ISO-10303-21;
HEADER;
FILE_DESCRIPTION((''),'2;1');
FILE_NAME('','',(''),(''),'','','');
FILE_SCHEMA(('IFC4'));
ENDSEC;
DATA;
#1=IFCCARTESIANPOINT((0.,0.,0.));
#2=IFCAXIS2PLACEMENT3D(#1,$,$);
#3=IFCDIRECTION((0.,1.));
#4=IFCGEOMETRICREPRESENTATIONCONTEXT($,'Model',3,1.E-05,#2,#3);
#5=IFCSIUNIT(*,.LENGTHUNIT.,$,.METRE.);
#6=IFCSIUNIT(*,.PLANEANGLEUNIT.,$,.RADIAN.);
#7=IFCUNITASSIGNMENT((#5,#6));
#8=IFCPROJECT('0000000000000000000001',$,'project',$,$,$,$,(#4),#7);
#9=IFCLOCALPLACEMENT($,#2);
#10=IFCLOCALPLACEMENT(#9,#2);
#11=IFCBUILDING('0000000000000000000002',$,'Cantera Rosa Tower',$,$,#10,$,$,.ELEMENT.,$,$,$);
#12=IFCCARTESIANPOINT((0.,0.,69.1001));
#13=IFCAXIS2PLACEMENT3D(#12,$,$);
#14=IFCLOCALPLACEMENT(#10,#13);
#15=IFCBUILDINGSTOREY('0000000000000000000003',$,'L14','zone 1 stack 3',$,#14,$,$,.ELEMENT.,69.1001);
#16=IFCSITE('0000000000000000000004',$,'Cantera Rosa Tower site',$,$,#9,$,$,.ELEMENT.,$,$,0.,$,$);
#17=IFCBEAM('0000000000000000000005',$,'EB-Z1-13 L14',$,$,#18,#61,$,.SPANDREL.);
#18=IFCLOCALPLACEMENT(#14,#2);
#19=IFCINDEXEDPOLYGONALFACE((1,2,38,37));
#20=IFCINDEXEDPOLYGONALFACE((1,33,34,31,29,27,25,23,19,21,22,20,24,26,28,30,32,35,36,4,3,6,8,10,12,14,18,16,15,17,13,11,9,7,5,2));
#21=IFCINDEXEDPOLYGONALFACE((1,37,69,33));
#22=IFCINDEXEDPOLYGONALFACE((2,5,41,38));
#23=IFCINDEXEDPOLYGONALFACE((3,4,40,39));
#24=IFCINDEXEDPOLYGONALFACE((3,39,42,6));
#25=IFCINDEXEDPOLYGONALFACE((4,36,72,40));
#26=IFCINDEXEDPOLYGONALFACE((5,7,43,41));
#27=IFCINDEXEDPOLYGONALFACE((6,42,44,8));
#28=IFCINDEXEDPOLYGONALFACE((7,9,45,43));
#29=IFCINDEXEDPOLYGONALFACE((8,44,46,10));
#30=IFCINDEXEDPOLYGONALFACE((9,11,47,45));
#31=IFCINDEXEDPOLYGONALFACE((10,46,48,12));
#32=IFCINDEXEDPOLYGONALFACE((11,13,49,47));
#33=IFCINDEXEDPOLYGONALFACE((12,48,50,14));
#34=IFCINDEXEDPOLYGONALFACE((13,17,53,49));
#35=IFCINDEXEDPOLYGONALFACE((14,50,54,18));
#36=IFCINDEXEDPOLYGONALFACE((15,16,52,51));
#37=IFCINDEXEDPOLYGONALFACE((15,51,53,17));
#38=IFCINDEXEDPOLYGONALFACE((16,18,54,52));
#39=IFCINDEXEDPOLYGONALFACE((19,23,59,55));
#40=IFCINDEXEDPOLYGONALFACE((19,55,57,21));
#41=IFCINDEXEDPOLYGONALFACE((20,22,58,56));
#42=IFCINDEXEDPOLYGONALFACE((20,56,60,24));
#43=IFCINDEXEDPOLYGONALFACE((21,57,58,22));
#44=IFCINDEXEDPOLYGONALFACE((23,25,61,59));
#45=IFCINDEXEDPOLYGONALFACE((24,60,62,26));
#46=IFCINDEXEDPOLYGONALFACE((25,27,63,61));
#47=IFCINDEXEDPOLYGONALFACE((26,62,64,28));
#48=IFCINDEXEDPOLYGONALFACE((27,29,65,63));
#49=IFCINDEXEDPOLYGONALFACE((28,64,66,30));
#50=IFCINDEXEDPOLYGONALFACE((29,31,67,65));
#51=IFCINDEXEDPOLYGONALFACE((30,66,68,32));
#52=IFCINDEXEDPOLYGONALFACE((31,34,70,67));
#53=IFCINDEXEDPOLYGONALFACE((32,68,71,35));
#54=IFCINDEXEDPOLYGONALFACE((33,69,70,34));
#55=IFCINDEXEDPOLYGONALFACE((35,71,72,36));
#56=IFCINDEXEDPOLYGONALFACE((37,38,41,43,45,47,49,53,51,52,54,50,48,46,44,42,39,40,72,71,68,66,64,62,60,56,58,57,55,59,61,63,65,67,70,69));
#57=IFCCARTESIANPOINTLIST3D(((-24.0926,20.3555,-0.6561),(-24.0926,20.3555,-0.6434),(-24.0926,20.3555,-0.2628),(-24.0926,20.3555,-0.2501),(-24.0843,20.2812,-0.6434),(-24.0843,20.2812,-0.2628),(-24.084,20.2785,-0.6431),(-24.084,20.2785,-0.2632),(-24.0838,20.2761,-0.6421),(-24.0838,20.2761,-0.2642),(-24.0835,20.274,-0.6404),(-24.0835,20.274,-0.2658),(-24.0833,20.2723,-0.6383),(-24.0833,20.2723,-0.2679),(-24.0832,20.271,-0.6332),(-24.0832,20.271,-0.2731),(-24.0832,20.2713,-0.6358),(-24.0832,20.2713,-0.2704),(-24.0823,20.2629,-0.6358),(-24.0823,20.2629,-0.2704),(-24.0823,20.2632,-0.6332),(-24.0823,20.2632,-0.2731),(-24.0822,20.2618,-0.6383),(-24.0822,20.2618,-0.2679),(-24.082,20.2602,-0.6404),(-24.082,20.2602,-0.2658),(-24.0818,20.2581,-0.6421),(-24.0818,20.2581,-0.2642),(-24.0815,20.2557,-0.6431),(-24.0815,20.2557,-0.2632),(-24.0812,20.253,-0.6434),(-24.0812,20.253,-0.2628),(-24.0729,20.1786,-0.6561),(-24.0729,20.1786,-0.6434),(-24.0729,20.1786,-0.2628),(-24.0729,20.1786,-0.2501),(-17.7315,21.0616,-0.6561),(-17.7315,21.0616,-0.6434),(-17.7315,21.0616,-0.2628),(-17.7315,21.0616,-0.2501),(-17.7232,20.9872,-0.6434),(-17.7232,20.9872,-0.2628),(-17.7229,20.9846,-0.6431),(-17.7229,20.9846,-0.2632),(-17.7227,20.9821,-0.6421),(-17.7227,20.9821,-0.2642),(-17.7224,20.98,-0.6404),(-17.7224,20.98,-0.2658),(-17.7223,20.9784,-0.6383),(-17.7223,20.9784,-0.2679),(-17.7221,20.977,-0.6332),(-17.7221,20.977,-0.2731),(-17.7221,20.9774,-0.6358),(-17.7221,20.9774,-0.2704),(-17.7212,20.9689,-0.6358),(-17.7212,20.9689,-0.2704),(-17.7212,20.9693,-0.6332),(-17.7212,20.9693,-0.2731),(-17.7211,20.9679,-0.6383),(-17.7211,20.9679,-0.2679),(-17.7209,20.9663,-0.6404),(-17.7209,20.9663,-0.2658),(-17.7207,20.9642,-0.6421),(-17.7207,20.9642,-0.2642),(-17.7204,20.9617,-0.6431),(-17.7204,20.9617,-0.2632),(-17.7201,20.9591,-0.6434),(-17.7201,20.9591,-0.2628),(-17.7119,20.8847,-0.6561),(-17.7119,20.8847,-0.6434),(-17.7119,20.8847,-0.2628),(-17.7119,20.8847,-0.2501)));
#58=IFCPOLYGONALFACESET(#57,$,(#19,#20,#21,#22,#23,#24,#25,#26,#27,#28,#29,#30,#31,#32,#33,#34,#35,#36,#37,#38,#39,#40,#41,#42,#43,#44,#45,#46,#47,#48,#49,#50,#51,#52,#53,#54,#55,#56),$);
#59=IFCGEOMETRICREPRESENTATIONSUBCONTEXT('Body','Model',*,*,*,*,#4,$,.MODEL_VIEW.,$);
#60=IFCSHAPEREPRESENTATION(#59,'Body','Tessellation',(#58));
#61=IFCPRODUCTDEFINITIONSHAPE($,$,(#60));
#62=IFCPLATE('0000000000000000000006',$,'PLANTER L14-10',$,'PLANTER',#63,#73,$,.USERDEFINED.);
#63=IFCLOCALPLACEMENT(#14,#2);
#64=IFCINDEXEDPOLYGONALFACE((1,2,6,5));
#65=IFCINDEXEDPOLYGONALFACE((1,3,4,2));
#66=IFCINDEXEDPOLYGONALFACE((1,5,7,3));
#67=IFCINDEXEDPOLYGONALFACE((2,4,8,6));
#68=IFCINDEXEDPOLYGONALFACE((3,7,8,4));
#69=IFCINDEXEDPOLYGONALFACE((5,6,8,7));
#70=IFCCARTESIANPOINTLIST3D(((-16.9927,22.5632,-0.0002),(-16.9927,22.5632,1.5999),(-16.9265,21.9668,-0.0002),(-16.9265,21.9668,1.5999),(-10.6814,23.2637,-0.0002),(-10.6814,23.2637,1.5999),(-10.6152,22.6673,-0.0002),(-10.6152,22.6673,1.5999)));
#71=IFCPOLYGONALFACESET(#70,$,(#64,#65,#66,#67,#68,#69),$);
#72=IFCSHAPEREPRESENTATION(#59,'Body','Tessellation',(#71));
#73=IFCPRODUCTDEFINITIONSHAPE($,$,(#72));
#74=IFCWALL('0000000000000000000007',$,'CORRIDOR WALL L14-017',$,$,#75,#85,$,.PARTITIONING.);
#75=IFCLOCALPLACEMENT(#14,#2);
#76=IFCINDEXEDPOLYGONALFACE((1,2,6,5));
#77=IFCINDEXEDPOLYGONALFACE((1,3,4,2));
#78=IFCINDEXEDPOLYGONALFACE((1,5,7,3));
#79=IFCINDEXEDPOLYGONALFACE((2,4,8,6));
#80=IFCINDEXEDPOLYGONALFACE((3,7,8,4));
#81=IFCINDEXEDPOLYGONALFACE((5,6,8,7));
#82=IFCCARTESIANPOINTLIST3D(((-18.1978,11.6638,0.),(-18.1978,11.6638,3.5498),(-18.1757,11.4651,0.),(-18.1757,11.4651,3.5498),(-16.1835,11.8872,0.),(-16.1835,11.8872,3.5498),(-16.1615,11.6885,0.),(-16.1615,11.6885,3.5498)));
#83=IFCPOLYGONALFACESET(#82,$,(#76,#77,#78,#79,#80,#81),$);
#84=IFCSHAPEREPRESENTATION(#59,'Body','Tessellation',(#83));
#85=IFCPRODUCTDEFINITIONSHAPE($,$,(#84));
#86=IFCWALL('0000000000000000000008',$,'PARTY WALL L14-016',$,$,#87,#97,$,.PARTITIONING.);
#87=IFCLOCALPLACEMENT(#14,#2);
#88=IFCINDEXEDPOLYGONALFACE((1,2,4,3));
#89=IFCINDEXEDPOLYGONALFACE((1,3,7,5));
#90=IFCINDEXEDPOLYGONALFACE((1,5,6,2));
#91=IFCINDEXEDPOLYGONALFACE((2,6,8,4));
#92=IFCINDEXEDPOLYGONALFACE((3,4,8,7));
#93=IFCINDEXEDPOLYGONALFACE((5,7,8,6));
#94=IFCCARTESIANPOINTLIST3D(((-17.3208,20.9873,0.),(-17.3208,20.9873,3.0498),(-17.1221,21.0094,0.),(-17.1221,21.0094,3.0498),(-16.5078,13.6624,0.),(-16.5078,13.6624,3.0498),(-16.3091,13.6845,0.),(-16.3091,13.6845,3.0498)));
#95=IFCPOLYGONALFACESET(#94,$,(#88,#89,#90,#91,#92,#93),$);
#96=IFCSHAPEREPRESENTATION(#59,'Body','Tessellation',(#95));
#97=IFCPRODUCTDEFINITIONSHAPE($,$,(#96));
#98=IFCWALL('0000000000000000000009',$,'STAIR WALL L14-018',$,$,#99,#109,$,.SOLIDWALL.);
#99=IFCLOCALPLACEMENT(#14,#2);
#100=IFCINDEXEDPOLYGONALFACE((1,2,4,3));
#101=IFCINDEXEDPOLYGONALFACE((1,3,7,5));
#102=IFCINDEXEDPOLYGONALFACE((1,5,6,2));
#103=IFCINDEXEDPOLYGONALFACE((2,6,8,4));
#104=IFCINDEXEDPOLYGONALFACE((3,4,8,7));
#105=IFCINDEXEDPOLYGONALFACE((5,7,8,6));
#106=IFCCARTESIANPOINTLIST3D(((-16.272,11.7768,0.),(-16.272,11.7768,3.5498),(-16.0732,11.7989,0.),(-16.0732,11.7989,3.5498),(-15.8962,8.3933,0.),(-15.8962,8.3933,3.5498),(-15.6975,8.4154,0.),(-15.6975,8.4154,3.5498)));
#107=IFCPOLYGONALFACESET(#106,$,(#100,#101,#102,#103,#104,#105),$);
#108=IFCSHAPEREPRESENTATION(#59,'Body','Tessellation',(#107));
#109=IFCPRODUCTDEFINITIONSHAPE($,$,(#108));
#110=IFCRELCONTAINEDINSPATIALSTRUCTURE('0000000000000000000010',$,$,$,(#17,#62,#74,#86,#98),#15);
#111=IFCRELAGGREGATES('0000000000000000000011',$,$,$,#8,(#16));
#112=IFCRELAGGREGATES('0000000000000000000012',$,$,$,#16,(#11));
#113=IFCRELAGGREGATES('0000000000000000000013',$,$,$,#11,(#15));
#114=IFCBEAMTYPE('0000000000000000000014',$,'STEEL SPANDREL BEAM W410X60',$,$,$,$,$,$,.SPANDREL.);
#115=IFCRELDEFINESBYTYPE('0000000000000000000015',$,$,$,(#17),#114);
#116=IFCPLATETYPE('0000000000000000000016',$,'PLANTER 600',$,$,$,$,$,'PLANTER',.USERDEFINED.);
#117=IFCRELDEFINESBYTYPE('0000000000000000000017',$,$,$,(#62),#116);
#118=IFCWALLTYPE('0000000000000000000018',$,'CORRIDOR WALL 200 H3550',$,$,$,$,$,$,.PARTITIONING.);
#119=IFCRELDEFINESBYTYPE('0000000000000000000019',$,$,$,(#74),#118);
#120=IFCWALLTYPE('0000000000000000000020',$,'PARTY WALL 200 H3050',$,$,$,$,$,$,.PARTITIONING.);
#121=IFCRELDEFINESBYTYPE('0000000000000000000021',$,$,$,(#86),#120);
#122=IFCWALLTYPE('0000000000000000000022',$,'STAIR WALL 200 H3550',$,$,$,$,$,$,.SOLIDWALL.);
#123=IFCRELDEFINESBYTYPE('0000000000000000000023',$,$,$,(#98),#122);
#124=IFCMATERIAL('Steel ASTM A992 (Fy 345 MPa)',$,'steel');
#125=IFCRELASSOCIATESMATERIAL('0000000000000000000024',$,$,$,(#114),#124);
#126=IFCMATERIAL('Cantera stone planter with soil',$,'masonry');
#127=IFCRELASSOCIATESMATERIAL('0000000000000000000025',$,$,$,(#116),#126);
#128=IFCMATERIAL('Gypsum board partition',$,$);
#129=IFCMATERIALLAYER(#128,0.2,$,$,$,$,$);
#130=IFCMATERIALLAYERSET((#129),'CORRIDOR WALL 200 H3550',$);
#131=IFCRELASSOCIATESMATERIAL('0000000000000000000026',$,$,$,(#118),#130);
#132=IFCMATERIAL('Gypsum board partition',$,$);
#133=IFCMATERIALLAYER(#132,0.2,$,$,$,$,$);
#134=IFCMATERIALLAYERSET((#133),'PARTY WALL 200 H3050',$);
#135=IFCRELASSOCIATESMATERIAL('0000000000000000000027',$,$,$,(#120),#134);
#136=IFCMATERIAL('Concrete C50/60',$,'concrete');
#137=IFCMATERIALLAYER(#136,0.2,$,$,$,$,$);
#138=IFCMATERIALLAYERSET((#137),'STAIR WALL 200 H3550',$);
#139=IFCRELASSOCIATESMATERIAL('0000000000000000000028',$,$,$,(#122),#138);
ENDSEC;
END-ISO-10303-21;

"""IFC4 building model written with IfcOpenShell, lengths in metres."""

from ifc_helpers import new_model, si_unit, direction, frame, frame_2d, origin, origin_2d, place, context, subcontext, project, spatial, rectangle, i_section, extrude, material, layer, layer_set, material_profile, profile_set, type_object, element, save


model = new_model("IFC4")

# Units and contexts
model_context = context("Model", 3, precision=1e-05, world=origin(), true_north=direction((0.0, 1.0)))
body_context = subcontext(model_context, "Body", "Model", "MODEL_VIEW")
ifc_project = project(units=[si_unit("LENGTHUNIT", "METRE"), si_unit("PLANEANGLEUNIT", "RADIAN")], contexts=[model_context])

# Site, building, storey
site_placement = place(None, origin())
site = spatial("IfcSite", under=ifc_project, at=site_placement, Name="Cantera Rosa Tower site", CompositionType="ELEMENT", RefElevation=0.0)
building_placement = place(site_placement, origin())
building = spatial("IfcBuilding", under=site, at=building_placement, Name="Cantera Rosa Tower", CompositionType="ELEMENT")
storey_placement = place(building_placement, frame((0.0, 0.0, 69.1001)))
storey = spatial("IfcBuildingStorey", under=building, at=storey_placement, Name="L14", Description="zone 1 stack 3", CompositionType="ELEMENT", Elevation=69.1001)

# Beam
ifc_material_1 = material(Name="Steel ASTM A992 (Fy 345 MPa)", Category="steel")
ifc_material_profile_1 = material_profile(ifc_material_1, i_section(OverallWidth=0.178, OverallDepth=0.406, WebThickness=0.0078, FlangeThickness=0.0127, FilletRadius=0.0103, at=origin_2d()), Name="W410X60")
ifc_profile_set_1 = profile_set([ifc_material_profile_1], Name="Steel ASTM A992 (Fy 345 MPa)")
beam_type_1 = type_object("IfcBeamType", Name="STEEL SPANDREL BEAM W410X60", PredefinedType="SPANDREL", material=ifc_profile_set_1)
beam_1_placement = place(storey_placement, frame((-17.7217, 20.9731, -0.4531), z_axis=(-0.993896, -0.110318, 0.0), x_axis=(0.110318, -0.993896, 0.0)))
element("IfcBeam", 1, at=beam_1_placement, inside=storey, type_object=beam_type_1, Name="EB-Z1-13 L14", PredefinedType="SPANDREL", context=body_context, shape_type="SweptSolid", body=[
    extrude(i_section(OverallWidth=0.178, OverallDepth=0.406, WebThickness=0.0078, FlangeThickness=0.0127, FilletRadius=0.0103, at=origin_2d()), origin(), (0.0, 0.0, 1.0), 6.4001),
])

# Plate
ifc_material_2 = material(Name="Cantera stone planter with soil", Category="masonry")
plate_type = type_object("IfcPlateType", Name="PLANTER 600", ElementType="PLANTER", PredefinedType="USERDEFINED", material=ifc_material_2)
plate_placement = place(storey_placement, frame((-13.804, 22.6152, -0.0002), z_axis=(0.0, 0.0, 1.0), x_axis=(-0.993897, -0.110313, 0.0)))
element("IfcPlate", 2, at=plate_placement, inside=storey, type_object=plate_type, Name="PLANTER L14-10", ObjectType="PLANTER", PredefinedType="USERDEFINED", context=body_context, shape_type="SweptSolid", body=[
    extrude(rectangle(XDim=6.3501, YDim=0.6001, at=origin_2d()), origin(), (0.0, 0.0, 1.0), 1.6001),
])

# Wall
ifc_material_3 = material(Name="Gypsum board partition")
ifc_layer_1 = layer(ifc_material_3, 0.2)
ifc_layer_set_1 = layer_set([ifc_layer_1], Name="CORRIDOR WALL 200 H3550")
wall_type_1 = type_object("IfcWallType", Name="CORRIDOR WALL 200 H3550", PredefinedType="PARTITIONING", material=ifc_layer_set_1)
wall_1_placement = place(storey_placement, frame((-16.1726, 11.7878, 0.0), z_axis=(0.0, 0.0, 1.0), x_axis=(-0.993906, -0.110233, 0.0)))
element("IfcWall", 3, at=wall_1_placement, inside=storey, type_object=wall_type_1, Name="CORRIDOR WALL L14-017", PredefinedType="PARTITIONING", context=body_context, shape_type="SweptSolid", body=[
    extrude(rectangle(XDim=2.0266, YDim=0.2, at=frame_2d((1.0132, 0.0))), origin(), (0.0, 0.0, 1.0), 3.5498),
])

# Walls
ifc_material_4 = material(Name="Gypsum board partition")
ifc_layer_2 = layer(ifc_material_4, 0.2)
ifc_layer_set_2 = layer_set([ifc_layer_2], Name="PARTY WALL 200 H3050")
wall_type_2 = type_object("IfcWallType", Name="PARTY WALL 200 H3050", PredefinedType="PARTITIONING", material=ifc_layer_set_2)
wall_2_placement = place(storey_placement, frame((-16.4084, 13.6733, 0.0), z_axis=(0.0, 0.0, 1.0), x_axis=(-0.110312, 0.993897, 0.0)))
element("IfcWall", 4, at=wall_2_placement, inside=storey, type_object=wall_type_2, Name="PARTY WALL L14-016", PredefinedType="PARTITIONING", context=body_context, shape_type="SweptSolid", body=[
    extrude(rectangle(XDim=7.3699, YDim=0.2, at=frame_2d((3.6851, 0.0))), origin(), (0.0, 0.0, 1.0), 3.0498),
])
ifc_material_5 = material(Name="Concrete C50/60", Category="concrete")
ifc_layer_3 = layer(ifc_material_5, 0.2)
ifc_layer_set_3 = layer_set([ifc_layer_3], Name="STAIR WALL 200 H3550")
wall_type_3 = type_object("IfcWallType", Name="STAIR WALL 200 H3550", PredefinedType="SOLIDWALL", material=ifc_layer_set_3)
wall_3_placement = place(storey_placement, frame((-16.1726, 11.7878, 0.0), z_axis=(0.0, 0.0, 1.0), x_axis=(0.110369, -0.993891, 0.0)))
element("IfcWall", 5, at=wall_3_placement, inside=storey, type_object=wall_type_3, Name="STAIR WALL L14-018", PredefinedType="SOLIDWALL", context=body_context, shape_type="SweptSolid", body=[
    extrude(rectangle(XDim=3.4043, YDim=0.2, at=frame_2d((1.7021, 0.0))), origin(), (0.0, 0.0, 1.0), 3.5498),
])

save(model, "model.ifc")
